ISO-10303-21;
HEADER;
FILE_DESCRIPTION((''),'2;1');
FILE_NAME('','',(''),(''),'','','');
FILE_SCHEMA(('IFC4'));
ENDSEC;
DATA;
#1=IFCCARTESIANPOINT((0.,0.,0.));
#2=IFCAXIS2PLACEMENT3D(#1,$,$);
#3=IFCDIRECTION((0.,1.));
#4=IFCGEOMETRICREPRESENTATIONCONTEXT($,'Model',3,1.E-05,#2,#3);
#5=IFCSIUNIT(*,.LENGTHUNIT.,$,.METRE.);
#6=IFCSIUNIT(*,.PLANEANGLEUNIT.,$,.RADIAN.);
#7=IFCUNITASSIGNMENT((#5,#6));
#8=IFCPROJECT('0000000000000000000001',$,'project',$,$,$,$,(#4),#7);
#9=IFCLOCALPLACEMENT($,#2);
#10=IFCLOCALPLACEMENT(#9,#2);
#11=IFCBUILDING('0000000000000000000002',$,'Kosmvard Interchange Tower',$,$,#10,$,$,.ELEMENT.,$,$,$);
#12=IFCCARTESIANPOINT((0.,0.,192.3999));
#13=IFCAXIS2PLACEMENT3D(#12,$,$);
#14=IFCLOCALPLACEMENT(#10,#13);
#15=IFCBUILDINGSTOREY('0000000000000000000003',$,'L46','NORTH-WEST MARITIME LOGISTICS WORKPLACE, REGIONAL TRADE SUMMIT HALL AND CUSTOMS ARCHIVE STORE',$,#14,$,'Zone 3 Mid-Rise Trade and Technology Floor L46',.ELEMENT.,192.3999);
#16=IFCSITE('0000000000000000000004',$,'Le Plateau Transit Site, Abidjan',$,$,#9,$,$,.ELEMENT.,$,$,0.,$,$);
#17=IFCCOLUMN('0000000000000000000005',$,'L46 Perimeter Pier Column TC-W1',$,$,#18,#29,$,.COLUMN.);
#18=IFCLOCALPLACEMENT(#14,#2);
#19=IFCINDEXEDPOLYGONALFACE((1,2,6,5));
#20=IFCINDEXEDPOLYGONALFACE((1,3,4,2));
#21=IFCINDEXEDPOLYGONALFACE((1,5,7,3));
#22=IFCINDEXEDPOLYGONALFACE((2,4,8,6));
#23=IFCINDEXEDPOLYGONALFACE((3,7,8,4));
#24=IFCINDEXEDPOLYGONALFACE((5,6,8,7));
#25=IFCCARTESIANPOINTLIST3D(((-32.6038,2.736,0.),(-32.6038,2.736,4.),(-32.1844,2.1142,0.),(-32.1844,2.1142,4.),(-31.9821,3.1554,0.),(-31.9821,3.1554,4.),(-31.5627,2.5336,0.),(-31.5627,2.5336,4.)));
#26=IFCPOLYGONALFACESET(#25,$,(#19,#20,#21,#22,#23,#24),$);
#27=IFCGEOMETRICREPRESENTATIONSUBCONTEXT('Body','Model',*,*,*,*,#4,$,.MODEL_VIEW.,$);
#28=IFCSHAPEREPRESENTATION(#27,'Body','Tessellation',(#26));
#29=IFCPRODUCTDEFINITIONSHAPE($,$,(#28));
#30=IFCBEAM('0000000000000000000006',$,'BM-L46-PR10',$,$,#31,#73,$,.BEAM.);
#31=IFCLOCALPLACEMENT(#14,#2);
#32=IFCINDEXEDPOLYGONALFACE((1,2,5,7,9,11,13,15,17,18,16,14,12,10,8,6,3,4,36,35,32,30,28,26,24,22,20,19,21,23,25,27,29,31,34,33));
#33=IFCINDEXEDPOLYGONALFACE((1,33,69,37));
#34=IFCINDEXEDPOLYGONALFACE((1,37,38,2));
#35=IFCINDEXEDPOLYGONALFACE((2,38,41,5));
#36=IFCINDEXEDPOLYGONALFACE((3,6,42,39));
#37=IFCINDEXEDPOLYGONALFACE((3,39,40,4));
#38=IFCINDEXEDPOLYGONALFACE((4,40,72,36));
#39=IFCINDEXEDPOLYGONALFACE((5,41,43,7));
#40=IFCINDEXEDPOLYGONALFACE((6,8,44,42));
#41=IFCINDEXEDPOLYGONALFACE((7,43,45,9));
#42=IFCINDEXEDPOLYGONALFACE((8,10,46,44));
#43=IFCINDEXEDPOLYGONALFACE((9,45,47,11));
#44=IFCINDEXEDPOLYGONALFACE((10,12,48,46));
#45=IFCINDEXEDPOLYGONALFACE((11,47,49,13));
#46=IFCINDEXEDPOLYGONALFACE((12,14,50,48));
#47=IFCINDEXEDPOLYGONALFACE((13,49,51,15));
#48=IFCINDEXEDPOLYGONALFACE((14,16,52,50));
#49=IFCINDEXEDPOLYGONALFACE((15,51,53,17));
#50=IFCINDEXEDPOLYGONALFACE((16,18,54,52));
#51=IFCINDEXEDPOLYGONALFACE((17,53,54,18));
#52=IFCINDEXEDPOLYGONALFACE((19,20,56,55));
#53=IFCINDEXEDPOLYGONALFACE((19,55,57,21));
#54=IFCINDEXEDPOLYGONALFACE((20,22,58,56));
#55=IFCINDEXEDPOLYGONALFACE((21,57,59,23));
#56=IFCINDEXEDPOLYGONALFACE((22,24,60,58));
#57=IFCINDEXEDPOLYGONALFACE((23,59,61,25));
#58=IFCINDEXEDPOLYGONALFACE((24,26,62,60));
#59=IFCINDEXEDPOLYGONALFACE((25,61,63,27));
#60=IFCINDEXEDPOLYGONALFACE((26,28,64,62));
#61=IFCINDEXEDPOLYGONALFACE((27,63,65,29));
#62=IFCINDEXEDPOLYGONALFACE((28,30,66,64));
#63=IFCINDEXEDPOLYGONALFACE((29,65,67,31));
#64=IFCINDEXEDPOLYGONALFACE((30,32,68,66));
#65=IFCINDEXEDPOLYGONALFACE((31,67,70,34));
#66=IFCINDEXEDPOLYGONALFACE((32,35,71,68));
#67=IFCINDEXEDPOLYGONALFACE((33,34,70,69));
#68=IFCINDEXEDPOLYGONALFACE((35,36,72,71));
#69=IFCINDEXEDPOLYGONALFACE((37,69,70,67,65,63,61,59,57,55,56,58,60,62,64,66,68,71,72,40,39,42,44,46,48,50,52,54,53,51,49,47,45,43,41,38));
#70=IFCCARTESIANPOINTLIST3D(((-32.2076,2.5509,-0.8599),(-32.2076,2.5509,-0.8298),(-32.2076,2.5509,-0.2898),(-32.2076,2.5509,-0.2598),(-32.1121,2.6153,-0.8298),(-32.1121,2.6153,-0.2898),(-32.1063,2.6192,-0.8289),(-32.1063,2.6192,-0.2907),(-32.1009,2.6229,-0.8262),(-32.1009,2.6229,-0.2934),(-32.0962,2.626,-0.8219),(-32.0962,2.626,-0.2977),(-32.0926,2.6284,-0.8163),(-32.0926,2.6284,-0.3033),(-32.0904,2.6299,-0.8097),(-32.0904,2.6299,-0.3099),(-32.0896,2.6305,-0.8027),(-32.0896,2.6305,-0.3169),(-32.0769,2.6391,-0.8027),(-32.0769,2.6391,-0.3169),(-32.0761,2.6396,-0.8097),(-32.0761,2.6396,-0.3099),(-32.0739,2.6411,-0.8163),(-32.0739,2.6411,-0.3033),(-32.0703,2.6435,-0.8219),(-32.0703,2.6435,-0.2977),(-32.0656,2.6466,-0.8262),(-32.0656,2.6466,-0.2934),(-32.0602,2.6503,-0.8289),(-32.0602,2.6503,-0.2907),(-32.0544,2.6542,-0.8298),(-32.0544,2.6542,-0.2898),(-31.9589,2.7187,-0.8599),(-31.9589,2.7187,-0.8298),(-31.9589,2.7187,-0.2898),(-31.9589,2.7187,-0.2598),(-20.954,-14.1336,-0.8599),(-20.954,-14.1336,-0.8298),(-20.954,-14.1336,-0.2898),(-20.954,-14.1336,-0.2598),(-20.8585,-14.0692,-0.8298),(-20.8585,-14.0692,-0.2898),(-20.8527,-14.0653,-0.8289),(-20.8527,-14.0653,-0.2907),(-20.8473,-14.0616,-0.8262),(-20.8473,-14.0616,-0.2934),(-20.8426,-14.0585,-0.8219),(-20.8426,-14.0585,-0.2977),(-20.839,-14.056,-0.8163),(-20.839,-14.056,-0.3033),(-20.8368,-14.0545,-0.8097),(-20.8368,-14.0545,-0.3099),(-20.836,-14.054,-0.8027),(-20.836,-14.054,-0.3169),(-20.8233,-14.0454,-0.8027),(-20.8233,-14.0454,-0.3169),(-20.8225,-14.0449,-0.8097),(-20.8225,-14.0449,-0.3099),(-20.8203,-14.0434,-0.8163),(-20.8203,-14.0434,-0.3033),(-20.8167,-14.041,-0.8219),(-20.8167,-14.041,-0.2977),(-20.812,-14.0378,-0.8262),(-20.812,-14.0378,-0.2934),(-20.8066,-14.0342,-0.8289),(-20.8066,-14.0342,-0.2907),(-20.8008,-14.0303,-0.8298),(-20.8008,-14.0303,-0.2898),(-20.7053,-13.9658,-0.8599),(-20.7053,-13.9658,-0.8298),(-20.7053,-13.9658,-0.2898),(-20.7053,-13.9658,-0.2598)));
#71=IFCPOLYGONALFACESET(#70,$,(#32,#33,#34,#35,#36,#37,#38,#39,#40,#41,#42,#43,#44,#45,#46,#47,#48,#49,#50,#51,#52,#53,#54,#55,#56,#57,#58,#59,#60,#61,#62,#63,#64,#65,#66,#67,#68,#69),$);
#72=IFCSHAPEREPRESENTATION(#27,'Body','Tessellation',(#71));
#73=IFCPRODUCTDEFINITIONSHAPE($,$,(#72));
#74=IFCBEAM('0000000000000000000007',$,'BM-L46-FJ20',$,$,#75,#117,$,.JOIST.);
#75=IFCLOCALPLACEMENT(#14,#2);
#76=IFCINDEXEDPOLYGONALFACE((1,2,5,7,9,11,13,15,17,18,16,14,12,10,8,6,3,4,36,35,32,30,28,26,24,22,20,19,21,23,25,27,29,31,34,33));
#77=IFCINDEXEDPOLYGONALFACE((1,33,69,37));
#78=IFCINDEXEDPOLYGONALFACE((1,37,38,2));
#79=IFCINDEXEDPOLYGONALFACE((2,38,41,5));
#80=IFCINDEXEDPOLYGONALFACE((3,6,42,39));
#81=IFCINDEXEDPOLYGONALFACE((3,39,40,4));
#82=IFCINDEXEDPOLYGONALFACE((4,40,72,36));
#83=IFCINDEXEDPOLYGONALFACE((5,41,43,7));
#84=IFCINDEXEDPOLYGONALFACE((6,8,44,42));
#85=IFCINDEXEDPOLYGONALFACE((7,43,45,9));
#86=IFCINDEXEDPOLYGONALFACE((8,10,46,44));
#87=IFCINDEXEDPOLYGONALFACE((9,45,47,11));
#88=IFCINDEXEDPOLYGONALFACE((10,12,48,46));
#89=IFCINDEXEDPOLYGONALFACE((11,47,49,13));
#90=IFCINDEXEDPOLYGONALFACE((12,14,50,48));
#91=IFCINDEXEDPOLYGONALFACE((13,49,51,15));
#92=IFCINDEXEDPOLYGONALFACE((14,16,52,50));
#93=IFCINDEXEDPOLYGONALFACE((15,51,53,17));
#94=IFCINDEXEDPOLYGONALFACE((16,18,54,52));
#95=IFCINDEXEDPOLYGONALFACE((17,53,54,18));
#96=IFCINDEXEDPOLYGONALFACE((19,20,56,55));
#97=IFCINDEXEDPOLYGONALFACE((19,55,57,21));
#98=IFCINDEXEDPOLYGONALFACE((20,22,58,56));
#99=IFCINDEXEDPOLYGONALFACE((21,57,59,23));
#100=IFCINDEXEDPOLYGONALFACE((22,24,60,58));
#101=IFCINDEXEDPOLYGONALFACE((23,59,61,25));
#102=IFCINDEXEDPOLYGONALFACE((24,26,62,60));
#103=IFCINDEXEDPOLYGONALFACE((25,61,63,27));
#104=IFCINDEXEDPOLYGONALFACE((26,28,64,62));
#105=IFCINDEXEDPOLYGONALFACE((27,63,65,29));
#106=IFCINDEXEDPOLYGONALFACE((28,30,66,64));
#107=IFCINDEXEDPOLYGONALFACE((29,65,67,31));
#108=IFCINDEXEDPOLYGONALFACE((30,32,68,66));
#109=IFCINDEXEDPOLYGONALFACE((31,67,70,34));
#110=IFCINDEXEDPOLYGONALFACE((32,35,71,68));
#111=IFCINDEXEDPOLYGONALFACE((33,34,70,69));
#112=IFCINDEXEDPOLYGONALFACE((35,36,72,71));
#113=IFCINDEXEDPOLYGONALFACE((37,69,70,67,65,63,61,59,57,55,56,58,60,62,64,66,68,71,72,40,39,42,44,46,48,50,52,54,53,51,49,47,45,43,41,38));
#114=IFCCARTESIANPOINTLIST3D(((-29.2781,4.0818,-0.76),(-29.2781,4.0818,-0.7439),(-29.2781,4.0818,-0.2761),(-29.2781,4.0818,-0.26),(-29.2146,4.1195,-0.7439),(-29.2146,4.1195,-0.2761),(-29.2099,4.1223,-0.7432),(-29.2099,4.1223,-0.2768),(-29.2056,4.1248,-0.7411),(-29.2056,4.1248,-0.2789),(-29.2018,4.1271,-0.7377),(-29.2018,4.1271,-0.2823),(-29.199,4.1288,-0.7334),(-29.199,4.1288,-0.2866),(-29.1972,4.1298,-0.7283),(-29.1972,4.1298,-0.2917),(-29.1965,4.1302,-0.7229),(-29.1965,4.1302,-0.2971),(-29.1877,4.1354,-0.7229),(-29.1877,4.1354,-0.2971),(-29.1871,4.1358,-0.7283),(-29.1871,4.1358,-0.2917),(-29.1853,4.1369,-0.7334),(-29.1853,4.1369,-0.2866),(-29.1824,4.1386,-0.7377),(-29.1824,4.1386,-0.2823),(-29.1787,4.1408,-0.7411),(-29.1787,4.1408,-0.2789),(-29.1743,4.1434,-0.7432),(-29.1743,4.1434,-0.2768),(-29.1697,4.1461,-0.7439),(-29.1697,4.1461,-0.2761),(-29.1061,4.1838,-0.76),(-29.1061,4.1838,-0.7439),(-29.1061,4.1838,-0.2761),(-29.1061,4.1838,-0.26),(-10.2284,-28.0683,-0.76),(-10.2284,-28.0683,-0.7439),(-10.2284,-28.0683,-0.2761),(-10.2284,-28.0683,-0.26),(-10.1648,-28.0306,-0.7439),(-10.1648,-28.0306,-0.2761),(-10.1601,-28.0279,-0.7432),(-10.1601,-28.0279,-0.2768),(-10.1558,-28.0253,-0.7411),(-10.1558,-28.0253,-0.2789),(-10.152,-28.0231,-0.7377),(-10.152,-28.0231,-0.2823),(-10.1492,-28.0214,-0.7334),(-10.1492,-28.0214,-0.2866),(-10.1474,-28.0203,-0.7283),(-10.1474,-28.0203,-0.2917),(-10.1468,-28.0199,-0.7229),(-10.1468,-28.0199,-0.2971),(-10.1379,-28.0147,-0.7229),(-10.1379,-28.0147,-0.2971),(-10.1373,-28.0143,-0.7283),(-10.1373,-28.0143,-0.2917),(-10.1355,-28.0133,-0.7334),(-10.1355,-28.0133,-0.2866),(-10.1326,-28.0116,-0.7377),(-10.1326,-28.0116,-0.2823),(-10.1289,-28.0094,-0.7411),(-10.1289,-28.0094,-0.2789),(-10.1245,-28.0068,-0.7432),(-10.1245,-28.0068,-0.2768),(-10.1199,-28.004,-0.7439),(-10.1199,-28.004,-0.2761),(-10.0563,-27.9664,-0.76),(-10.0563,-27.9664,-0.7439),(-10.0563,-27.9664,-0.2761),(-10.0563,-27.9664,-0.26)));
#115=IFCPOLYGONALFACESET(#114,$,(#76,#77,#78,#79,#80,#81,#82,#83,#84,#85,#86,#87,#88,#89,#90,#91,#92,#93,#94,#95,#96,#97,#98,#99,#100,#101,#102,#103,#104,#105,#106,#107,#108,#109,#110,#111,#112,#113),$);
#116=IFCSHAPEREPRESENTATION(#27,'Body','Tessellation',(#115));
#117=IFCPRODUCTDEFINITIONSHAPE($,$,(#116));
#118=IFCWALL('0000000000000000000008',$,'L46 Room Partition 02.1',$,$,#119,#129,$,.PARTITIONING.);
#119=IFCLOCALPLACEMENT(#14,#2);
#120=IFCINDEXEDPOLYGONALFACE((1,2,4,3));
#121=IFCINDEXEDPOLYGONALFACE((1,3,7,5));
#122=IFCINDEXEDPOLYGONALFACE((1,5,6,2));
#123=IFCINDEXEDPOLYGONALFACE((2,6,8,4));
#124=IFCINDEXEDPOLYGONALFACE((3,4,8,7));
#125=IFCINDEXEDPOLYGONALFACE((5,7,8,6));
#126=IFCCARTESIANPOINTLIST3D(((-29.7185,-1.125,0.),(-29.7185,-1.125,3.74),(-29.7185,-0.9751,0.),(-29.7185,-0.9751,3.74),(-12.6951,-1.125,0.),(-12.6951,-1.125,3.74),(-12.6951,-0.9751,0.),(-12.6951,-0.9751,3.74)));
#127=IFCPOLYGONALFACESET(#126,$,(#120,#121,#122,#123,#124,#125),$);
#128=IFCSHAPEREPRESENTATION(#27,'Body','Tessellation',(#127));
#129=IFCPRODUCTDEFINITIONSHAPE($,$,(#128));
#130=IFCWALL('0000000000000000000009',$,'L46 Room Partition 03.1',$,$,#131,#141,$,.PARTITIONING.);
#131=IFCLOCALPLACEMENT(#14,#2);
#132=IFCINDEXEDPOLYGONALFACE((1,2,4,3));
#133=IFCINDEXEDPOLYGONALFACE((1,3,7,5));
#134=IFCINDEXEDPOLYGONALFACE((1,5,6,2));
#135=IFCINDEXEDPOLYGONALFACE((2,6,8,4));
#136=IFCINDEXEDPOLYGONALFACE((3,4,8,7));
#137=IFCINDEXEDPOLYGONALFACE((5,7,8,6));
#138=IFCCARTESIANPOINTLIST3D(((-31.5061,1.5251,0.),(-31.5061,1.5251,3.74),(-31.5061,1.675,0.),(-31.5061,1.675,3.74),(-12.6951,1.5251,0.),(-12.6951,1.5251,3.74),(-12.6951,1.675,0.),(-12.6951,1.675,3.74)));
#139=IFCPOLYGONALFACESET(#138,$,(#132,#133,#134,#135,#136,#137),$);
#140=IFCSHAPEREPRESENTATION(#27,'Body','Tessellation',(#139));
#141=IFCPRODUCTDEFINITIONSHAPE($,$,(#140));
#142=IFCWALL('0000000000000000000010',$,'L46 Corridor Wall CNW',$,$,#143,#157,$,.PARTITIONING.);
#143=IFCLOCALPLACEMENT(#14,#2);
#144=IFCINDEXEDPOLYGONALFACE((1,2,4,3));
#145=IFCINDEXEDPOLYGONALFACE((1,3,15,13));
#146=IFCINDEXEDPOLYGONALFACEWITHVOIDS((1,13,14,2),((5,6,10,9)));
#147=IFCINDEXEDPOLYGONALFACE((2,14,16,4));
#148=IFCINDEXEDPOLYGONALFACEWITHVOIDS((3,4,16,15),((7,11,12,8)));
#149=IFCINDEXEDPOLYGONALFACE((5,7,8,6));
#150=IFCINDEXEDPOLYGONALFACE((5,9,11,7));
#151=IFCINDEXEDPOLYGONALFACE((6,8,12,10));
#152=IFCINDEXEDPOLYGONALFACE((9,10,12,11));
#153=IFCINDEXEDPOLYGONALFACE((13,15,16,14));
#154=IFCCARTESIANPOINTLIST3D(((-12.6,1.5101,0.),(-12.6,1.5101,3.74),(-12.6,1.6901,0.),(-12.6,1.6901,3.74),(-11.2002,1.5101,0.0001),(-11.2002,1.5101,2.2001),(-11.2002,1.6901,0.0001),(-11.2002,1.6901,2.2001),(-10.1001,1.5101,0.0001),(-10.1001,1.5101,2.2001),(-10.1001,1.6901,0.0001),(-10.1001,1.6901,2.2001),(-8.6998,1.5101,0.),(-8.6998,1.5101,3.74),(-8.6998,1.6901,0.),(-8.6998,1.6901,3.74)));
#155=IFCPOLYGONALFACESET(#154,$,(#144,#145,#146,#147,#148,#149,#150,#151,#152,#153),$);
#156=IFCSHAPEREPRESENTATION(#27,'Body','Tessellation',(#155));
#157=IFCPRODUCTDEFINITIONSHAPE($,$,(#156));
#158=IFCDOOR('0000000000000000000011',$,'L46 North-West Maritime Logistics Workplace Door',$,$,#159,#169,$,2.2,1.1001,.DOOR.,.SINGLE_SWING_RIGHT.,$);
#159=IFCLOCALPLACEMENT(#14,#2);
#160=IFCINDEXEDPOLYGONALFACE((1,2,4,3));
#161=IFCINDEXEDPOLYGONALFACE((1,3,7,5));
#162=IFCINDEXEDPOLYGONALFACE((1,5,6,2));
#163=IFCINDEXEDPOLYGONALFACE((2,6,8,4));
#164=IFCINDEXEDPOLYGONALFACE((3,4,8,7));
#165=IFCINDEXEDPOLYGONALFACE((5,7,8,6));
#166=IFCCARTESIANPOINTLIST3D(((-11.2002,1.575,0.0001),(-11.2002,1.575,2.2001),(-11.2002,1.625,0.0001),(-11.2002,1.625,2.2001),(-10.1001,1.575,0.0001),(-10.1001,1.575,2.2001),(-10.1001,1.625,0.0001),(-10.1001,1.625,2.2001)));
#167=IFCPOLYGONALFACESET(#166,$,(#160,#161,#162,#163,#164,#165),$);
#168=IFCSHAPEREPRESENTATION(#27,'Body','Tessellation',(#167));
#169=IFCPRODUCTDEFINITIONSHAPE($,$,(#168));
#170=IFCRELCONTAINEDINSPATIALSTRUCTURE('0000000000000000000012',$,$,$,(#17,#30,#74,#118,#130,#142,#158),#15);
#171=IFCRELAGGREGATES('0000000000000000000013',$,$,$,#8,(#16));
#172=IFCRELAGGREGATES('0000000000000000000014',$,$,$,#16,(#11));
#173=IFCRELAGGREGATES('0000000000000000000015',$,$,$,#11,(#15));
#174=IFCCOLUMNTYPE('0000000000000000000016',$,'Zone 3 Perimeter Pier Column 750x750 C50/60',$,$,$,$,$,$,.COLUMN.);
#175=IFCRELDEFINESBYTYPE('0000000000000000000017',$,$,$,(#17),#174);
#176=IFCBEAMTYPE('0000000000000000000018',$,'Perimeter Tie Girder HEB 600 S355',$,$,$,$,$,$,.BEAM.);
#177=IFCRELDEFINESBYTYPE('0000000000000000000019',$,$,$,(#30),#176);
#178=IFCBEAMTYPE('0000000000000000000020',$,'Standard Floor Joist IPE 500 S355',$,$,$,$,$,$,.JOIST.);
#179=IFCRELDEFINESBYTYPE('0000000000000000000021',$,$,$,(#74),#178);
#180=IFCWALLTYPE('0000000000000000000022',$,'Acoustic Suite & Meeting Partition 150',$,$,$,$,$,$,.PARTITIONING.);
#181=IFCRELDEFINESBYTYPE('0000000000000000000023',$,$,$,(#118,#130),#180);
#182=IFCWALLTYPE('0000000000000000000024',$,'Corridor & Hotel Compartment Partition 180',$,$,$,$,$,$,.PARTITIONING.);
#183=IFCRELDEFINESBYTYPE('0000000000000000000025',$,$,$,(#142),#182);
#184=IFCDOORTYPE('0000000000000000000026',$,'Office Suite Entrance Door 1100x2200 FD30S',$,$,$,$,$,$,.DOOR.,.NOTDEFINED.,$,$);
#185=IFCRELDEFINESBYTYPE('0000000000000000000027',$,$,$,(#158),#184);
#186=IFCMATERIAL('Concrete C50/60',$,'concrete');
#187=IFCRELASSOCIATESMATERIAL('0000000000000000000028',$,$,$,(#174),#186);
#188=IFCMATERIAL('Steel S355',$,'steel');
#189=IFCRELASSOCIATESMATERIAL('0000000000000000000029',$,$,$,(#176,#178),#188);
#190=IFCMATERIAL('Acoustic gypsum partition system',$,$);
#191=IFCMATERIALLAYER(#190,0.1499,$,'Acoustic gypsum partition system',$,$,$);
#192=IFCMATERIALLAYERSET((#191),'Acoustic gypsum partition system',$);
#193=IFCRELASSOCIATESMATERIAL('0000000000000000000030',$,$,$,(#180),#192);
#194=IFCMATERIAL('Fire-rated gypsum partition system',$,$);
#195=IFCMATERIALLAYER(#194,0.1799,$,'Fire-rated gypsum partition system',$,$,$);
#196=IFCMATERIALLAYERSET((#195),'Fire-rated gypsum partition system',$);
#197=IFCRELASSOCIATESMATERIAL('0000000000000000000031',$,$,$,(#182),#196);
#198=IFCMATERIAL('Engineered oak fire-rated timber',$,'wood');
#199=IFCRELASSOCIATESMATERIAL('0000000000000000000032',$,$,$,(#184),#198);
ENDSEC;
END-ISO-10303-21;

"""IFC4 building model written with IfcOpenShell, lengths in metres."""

from ifc_helpers import new_model, si_unit, direction, frame, frame_2d, origin, origin_2d, place, context, subcontext, project, spatial, rectangle, i_section, extrude, source, transform, mapped, material, layer, layer_set, material_profile, profile_set, type_object, element, fill, save


model = new_model("IFC4")

# Units and contexts
model_context = context("Model", 3, precision=1e-05, world=origin(), true_north=direction((0.0, 1.0)))
body_context = subcontext(model_context, "Body", "Model", "MODEL_VIEW")
ifc_project = project(units=[si_unit("LENGTHUNIT", "METRE"), si_unit("PLANEANGLEUNIT", "RADIAN")], contexts=[model_context])

# Site, building, storey
site_placement = place(None, origin())
site = spatial("IfcSite", under=ifc_project, at=site_placement, Name="Le Plateau Transit Site, Abidjan", CompositionType="ELEMENT", RefElevation=0.0)
building_placement = place(site_placement, origin())
building = spatial("IfcBuilding", under=site, at=building_placement, Name="Kosmvard Interchange Tower", CompositionType="ELEMENT")
storey_placement = place(building_placement, frame((0.0, 0.0, 192.3999)))
storey = spatial("IfcBuildingStorey", under=building, at=storey_placement, Name="L46", Description="NORTH-WEST MARITIME LOGISTICS WORKPLACE, REGIONAL TRADE SUMMIT HALL AND CUSTOMS ARCHIVE STORE", LongName="Zone 3 Mid-Rise Trade and Technology Floor L46", CompositionType="ELEMENT", Elevation=192.3999)

# Column
ifc_material_1 = material(Name="Concrete C50/60", Category="concrete")
ifc_material_profile_1 = material_profile(ifc_material_1, rectangle(XDim=0.75, YDim=0.75, at=origin_2d()), Name="TC 750x750")
ifc_profile_set_1 = profile_set([ifc_material_profile_1], Name="Concrete C50/60")
column_type = type_object("IfcColumnType", Name="Zone 3 Perimeter Pier Column 750x750 C50/60", PredefinedType="COLUMN", material=ifc_profile_set_1)
shared_shape_1 = source(origin(), body_context, "Body", "SweptSolid", [
    extrude(rectangle(XDim=0.75, YDim=0.75, at=origin_2d()), origin(), (0.0, 0.0, 1.0), 4.0),
])
column_placement = place(storey_placement, frame((-32.0833, 2.6348, 0.0), z_axis=(0.0, 0.0, 1.0), x_axis=(0.829038, 0.559193, 0.0)))
element("IfcColumn", 1, at=column_placement, inside=storey, type_object=column_type, Name="L46 Perimeter Pier Column TC-W1", PredefinedType="COLUMN", context=body_context, shape_type="MappedRepresentation", body=[
    mapped(shared_shape_1, transform((0.0, 0.0, 0.0), scale=1.0)),
])

# Beams
ifc_material_2 = material(Name="Steel S355", Category="steel")
ifc_material_profile_2 = material_profile(ifc_material_2, i_section(OverallWidth=0.3, OverallDepth=0.6001, WebThickness=0.0154, FlangeThickness=0.03, FilletRadius=0.0271, at=origin_2d()), Name="HEB 600")
ifc_profile_set_2 = profile_set([ifc_material_profile_2], Name="Steel S355")
beam_type_1 = type_object("IfcBeamType", Name="Perimeter Tie Girder HEB 600 S355", PredefinedType="BEAM", material=ifc_profile_set_2)
shared_shape_2 = source(origin(), body_context, "Body", "SweptSolid", [
    extrude(i_section(OverallWidth=0.3, OverallDepth=0.6001, WebThickness=0.0154, FlangeThickness=0.03, FilletRadius=0.0271, at=origin_2d()), origin(), (0.0, 0.0, 1.0), 20.125),
])
beam_1_placement = place(storey_placement, frame((-32.0833, 2.6348, -0.5598), z_axis=(0.559185, -0.829043, 0.0), x_axis=(0.829043, 0.559185, 0.0)))
element("IfcBeam", 2, at=beam_1_placement, inside=storey, type_object=beam_type_1, Name="BM-L46-PR10", PredefinedType="BEAM", context=body_context, shape_type="MappedRepresentation", body=[
    mapped(shared_shape_2, transform((0.0, 0.0, 0.0), scale=1.0)),
])
ifc_material_profile_3 = material_profile(ifc_material_2, i_section(OverallWidth=0.2, OverallDepth=0.5, WebThickness=0.0103, FlangeThickness=0.0161, FilletRadius=0.021, at=origin_2d()), Name="IPE 500")
ifc_profile_set_3 = profile_set([ifc_material_profile_3], Name="Steel S355")
beam_type_2 = type_object("IfcBeamType", Name="Standard Floor Joist IPE 500 S355", PredefinedType="JOIST", material=ifc_profile_set_3)
shared_shape_3 = source(origin(), body_context, "Body", "SweptSolid", [
    extrude(i_section(OverallWidth=0.2, OverallDepth=0.5, WebThickness=0.0103, FlangeThickness=0.0161, FilletRadius=0.021, at=origin_2d()), origin(), (0.0, 0.0, 1.0), 37.3701),
])
beam_2_placement = place(storey_placement, frame((-29.1921, 4.1328, -0.51), z_axis=(0.50976, -0.860317, 0.0), x_axis=(0.860317, 0.50976, 0.0)))
element("IfcBeam", 3, at=beam_2_placement, inside=storey, type_object=beam_type_2, Name="BM-L46-FJ20", PredefinedType="JOIST", context=body_context, shape_type="MappedRepresentation", body=[
    mapped(shared_shape_3, transform((0.0, 0.0, 0.0), scale=1.0)),
])

# Walls
ifc_material_3 = material(Name="Acoustic gypsum partition system")
ifc_layer_1 = layer(ifc_material_3, 0.1499, Name="Acoustic gypsum partition system")
ifc_layer_set_1 = layer_set([ifc_layer_1], Name="Acoustic gypsum partition system")
wall_type_1 = type_object("IfcWallType", Name="Acoustic Suite & Meeting Partition 150", PredefinedType="PARTITIONING", material=ifc_layer_set_1)
wall_1_placement = place(storey_placement, frame((-29.7185, -1.05, 0.0), z_axis=(0.0, 0.0, 1.0), x_axis=(1.0, 0.0, 0.0)))
element("IfcWall", 4, at=wall_1_placement, inside=storey, type_object=wall_type_1, Name="L46 Room Partition 02.1", PredefinedType="PARTITIONING", context=body_context, shape_type="SweptSolid", body=[
    extrude(rectangle(XDim=17.0234, YDim=0.1499, at=frame_2d((8.5117, 0.0))), origin(), (0.0, 0.0, 1.0), 3.74),
])
wall_2_placement = place(storey_placement, frame((-31.5061, 1.6001, 0.0), z_axis=(0.0, 0.0, 1.0), x_axis=(1.0, 0.0, 0.0)))
element("IfcWall", 5, at=wall_2_placement, inside=storey, type_object=wall_type_1, Name="L46 Room Partition 03.1", PredefinedType="PARTITIONING", context=body_context, shape_type="SweptSolid", body=[
    extrude(rectangle(XDim=18.811, YDim=0.1499, at=frame_2d((9.4055, 0.0))), origin(), (0.0, 0.0, 1.0), 3.74),
])

# Wall, opening, door
ifc_material_4 = material(Name="Fire-rated gypsum partition system")
ifc_layer_2 = layer(ifc_material_4, 0.1799, Name="Fire-rated gypsum partition system")
ifc_layer_set_2 = layer_set([ifc_layer_2], Name="Fire-rated gypsum partition system")
wall_type_2 = type_object("IfcWallType", Name="Corridor & Hotel Compartment Partition 180", PredefinedType="PARTITIONING", material=ifc_layer_set_2)
wall_3_placement = place(storey_placement, frame((-12.6001, 1.6001, 0.0), z_axis=(0.0, 0.0, 1.0), x_axis=(1.0, 0.0, 0.0)))
wall_3 = element("IfcWall", 6, at=wall_3_placement, inside=storey, type_object=wall_type_2, Name="L46 Corridor Wall CNW", PredefinedType="PARTITIONING", context=body_context, shape_type="SweptSolid", body=[
    extrude(rectangle(XDim=3.9001, YDim=0.1799, at=frame_2d((1.9502, 0.0))), origin(), (0.0, 0.0, 1.0), 3.74),
])
opening_1_placement = place(wall_3_placement, frame((1.3999, 0.0, 0.0)))
opening_1 = element("IfcOpeningElement", 7, at=opening_1_placement, cuts=wall_3, PredefinedType="OPENING", context=body_context, shape_type="SweptSolid", body=[
    extrude(rectangle(XDim=1.1001, YDim=2.2, at=frame_2d((0.55, 1.1001))), frame((0.0, 0.1001, 0.0), z_axis=(0.0, -1.0, 0.0), x_axis=(1.0, 0.0, 0.0)), (0.0, 0.0, 1.0), 0.2),
])
ifc_material_5 = material(Name="Engineered oak fire-rated timber", Category="wood")
door_type_1 = type_object("IfcDoorType", Name="Office Suite Entrance Door 1100x2200 FD30S", OperationType="NOTDEFINED", PredefinedType="DOOR", material=ifc_material_5)
shared_shape_4 = source(origin(), body_context, "Body", "SweptSolid", [
    extrude(rectangle(XDim=1.1001, YDim=2.2, at=frame_2d((0.55, 1.1001))), frame((0.0, 0.0249, 0.0), z_axis=(0.0, -1.0, 0.0), x_axis=(1.0, 0.0, 0.0)), (0.0, 0.0, 1.0), 0.05),
])
door_1_placement = place(opening_1_placement, origin())
door_1 = element("IfcDoor", 8, at=door_1_placement, inside=storey, type_object=door_type_1, Name="L46 North-West Maritime Logistics Workplace Door", OperationType="SINGLE_SWING_RIGHT", OverallHeight=2.2, OverallWidth=1.1001, PredefinedType="DOOR", context=body_context, shape_type="MappedRepresentation", body=[
    mapped(shared_shape_4, transform((0.0, 0.0, 0.0), scale=1.0)),
])
fill(opening_1, door_1)

save(model, "model.ifc")
